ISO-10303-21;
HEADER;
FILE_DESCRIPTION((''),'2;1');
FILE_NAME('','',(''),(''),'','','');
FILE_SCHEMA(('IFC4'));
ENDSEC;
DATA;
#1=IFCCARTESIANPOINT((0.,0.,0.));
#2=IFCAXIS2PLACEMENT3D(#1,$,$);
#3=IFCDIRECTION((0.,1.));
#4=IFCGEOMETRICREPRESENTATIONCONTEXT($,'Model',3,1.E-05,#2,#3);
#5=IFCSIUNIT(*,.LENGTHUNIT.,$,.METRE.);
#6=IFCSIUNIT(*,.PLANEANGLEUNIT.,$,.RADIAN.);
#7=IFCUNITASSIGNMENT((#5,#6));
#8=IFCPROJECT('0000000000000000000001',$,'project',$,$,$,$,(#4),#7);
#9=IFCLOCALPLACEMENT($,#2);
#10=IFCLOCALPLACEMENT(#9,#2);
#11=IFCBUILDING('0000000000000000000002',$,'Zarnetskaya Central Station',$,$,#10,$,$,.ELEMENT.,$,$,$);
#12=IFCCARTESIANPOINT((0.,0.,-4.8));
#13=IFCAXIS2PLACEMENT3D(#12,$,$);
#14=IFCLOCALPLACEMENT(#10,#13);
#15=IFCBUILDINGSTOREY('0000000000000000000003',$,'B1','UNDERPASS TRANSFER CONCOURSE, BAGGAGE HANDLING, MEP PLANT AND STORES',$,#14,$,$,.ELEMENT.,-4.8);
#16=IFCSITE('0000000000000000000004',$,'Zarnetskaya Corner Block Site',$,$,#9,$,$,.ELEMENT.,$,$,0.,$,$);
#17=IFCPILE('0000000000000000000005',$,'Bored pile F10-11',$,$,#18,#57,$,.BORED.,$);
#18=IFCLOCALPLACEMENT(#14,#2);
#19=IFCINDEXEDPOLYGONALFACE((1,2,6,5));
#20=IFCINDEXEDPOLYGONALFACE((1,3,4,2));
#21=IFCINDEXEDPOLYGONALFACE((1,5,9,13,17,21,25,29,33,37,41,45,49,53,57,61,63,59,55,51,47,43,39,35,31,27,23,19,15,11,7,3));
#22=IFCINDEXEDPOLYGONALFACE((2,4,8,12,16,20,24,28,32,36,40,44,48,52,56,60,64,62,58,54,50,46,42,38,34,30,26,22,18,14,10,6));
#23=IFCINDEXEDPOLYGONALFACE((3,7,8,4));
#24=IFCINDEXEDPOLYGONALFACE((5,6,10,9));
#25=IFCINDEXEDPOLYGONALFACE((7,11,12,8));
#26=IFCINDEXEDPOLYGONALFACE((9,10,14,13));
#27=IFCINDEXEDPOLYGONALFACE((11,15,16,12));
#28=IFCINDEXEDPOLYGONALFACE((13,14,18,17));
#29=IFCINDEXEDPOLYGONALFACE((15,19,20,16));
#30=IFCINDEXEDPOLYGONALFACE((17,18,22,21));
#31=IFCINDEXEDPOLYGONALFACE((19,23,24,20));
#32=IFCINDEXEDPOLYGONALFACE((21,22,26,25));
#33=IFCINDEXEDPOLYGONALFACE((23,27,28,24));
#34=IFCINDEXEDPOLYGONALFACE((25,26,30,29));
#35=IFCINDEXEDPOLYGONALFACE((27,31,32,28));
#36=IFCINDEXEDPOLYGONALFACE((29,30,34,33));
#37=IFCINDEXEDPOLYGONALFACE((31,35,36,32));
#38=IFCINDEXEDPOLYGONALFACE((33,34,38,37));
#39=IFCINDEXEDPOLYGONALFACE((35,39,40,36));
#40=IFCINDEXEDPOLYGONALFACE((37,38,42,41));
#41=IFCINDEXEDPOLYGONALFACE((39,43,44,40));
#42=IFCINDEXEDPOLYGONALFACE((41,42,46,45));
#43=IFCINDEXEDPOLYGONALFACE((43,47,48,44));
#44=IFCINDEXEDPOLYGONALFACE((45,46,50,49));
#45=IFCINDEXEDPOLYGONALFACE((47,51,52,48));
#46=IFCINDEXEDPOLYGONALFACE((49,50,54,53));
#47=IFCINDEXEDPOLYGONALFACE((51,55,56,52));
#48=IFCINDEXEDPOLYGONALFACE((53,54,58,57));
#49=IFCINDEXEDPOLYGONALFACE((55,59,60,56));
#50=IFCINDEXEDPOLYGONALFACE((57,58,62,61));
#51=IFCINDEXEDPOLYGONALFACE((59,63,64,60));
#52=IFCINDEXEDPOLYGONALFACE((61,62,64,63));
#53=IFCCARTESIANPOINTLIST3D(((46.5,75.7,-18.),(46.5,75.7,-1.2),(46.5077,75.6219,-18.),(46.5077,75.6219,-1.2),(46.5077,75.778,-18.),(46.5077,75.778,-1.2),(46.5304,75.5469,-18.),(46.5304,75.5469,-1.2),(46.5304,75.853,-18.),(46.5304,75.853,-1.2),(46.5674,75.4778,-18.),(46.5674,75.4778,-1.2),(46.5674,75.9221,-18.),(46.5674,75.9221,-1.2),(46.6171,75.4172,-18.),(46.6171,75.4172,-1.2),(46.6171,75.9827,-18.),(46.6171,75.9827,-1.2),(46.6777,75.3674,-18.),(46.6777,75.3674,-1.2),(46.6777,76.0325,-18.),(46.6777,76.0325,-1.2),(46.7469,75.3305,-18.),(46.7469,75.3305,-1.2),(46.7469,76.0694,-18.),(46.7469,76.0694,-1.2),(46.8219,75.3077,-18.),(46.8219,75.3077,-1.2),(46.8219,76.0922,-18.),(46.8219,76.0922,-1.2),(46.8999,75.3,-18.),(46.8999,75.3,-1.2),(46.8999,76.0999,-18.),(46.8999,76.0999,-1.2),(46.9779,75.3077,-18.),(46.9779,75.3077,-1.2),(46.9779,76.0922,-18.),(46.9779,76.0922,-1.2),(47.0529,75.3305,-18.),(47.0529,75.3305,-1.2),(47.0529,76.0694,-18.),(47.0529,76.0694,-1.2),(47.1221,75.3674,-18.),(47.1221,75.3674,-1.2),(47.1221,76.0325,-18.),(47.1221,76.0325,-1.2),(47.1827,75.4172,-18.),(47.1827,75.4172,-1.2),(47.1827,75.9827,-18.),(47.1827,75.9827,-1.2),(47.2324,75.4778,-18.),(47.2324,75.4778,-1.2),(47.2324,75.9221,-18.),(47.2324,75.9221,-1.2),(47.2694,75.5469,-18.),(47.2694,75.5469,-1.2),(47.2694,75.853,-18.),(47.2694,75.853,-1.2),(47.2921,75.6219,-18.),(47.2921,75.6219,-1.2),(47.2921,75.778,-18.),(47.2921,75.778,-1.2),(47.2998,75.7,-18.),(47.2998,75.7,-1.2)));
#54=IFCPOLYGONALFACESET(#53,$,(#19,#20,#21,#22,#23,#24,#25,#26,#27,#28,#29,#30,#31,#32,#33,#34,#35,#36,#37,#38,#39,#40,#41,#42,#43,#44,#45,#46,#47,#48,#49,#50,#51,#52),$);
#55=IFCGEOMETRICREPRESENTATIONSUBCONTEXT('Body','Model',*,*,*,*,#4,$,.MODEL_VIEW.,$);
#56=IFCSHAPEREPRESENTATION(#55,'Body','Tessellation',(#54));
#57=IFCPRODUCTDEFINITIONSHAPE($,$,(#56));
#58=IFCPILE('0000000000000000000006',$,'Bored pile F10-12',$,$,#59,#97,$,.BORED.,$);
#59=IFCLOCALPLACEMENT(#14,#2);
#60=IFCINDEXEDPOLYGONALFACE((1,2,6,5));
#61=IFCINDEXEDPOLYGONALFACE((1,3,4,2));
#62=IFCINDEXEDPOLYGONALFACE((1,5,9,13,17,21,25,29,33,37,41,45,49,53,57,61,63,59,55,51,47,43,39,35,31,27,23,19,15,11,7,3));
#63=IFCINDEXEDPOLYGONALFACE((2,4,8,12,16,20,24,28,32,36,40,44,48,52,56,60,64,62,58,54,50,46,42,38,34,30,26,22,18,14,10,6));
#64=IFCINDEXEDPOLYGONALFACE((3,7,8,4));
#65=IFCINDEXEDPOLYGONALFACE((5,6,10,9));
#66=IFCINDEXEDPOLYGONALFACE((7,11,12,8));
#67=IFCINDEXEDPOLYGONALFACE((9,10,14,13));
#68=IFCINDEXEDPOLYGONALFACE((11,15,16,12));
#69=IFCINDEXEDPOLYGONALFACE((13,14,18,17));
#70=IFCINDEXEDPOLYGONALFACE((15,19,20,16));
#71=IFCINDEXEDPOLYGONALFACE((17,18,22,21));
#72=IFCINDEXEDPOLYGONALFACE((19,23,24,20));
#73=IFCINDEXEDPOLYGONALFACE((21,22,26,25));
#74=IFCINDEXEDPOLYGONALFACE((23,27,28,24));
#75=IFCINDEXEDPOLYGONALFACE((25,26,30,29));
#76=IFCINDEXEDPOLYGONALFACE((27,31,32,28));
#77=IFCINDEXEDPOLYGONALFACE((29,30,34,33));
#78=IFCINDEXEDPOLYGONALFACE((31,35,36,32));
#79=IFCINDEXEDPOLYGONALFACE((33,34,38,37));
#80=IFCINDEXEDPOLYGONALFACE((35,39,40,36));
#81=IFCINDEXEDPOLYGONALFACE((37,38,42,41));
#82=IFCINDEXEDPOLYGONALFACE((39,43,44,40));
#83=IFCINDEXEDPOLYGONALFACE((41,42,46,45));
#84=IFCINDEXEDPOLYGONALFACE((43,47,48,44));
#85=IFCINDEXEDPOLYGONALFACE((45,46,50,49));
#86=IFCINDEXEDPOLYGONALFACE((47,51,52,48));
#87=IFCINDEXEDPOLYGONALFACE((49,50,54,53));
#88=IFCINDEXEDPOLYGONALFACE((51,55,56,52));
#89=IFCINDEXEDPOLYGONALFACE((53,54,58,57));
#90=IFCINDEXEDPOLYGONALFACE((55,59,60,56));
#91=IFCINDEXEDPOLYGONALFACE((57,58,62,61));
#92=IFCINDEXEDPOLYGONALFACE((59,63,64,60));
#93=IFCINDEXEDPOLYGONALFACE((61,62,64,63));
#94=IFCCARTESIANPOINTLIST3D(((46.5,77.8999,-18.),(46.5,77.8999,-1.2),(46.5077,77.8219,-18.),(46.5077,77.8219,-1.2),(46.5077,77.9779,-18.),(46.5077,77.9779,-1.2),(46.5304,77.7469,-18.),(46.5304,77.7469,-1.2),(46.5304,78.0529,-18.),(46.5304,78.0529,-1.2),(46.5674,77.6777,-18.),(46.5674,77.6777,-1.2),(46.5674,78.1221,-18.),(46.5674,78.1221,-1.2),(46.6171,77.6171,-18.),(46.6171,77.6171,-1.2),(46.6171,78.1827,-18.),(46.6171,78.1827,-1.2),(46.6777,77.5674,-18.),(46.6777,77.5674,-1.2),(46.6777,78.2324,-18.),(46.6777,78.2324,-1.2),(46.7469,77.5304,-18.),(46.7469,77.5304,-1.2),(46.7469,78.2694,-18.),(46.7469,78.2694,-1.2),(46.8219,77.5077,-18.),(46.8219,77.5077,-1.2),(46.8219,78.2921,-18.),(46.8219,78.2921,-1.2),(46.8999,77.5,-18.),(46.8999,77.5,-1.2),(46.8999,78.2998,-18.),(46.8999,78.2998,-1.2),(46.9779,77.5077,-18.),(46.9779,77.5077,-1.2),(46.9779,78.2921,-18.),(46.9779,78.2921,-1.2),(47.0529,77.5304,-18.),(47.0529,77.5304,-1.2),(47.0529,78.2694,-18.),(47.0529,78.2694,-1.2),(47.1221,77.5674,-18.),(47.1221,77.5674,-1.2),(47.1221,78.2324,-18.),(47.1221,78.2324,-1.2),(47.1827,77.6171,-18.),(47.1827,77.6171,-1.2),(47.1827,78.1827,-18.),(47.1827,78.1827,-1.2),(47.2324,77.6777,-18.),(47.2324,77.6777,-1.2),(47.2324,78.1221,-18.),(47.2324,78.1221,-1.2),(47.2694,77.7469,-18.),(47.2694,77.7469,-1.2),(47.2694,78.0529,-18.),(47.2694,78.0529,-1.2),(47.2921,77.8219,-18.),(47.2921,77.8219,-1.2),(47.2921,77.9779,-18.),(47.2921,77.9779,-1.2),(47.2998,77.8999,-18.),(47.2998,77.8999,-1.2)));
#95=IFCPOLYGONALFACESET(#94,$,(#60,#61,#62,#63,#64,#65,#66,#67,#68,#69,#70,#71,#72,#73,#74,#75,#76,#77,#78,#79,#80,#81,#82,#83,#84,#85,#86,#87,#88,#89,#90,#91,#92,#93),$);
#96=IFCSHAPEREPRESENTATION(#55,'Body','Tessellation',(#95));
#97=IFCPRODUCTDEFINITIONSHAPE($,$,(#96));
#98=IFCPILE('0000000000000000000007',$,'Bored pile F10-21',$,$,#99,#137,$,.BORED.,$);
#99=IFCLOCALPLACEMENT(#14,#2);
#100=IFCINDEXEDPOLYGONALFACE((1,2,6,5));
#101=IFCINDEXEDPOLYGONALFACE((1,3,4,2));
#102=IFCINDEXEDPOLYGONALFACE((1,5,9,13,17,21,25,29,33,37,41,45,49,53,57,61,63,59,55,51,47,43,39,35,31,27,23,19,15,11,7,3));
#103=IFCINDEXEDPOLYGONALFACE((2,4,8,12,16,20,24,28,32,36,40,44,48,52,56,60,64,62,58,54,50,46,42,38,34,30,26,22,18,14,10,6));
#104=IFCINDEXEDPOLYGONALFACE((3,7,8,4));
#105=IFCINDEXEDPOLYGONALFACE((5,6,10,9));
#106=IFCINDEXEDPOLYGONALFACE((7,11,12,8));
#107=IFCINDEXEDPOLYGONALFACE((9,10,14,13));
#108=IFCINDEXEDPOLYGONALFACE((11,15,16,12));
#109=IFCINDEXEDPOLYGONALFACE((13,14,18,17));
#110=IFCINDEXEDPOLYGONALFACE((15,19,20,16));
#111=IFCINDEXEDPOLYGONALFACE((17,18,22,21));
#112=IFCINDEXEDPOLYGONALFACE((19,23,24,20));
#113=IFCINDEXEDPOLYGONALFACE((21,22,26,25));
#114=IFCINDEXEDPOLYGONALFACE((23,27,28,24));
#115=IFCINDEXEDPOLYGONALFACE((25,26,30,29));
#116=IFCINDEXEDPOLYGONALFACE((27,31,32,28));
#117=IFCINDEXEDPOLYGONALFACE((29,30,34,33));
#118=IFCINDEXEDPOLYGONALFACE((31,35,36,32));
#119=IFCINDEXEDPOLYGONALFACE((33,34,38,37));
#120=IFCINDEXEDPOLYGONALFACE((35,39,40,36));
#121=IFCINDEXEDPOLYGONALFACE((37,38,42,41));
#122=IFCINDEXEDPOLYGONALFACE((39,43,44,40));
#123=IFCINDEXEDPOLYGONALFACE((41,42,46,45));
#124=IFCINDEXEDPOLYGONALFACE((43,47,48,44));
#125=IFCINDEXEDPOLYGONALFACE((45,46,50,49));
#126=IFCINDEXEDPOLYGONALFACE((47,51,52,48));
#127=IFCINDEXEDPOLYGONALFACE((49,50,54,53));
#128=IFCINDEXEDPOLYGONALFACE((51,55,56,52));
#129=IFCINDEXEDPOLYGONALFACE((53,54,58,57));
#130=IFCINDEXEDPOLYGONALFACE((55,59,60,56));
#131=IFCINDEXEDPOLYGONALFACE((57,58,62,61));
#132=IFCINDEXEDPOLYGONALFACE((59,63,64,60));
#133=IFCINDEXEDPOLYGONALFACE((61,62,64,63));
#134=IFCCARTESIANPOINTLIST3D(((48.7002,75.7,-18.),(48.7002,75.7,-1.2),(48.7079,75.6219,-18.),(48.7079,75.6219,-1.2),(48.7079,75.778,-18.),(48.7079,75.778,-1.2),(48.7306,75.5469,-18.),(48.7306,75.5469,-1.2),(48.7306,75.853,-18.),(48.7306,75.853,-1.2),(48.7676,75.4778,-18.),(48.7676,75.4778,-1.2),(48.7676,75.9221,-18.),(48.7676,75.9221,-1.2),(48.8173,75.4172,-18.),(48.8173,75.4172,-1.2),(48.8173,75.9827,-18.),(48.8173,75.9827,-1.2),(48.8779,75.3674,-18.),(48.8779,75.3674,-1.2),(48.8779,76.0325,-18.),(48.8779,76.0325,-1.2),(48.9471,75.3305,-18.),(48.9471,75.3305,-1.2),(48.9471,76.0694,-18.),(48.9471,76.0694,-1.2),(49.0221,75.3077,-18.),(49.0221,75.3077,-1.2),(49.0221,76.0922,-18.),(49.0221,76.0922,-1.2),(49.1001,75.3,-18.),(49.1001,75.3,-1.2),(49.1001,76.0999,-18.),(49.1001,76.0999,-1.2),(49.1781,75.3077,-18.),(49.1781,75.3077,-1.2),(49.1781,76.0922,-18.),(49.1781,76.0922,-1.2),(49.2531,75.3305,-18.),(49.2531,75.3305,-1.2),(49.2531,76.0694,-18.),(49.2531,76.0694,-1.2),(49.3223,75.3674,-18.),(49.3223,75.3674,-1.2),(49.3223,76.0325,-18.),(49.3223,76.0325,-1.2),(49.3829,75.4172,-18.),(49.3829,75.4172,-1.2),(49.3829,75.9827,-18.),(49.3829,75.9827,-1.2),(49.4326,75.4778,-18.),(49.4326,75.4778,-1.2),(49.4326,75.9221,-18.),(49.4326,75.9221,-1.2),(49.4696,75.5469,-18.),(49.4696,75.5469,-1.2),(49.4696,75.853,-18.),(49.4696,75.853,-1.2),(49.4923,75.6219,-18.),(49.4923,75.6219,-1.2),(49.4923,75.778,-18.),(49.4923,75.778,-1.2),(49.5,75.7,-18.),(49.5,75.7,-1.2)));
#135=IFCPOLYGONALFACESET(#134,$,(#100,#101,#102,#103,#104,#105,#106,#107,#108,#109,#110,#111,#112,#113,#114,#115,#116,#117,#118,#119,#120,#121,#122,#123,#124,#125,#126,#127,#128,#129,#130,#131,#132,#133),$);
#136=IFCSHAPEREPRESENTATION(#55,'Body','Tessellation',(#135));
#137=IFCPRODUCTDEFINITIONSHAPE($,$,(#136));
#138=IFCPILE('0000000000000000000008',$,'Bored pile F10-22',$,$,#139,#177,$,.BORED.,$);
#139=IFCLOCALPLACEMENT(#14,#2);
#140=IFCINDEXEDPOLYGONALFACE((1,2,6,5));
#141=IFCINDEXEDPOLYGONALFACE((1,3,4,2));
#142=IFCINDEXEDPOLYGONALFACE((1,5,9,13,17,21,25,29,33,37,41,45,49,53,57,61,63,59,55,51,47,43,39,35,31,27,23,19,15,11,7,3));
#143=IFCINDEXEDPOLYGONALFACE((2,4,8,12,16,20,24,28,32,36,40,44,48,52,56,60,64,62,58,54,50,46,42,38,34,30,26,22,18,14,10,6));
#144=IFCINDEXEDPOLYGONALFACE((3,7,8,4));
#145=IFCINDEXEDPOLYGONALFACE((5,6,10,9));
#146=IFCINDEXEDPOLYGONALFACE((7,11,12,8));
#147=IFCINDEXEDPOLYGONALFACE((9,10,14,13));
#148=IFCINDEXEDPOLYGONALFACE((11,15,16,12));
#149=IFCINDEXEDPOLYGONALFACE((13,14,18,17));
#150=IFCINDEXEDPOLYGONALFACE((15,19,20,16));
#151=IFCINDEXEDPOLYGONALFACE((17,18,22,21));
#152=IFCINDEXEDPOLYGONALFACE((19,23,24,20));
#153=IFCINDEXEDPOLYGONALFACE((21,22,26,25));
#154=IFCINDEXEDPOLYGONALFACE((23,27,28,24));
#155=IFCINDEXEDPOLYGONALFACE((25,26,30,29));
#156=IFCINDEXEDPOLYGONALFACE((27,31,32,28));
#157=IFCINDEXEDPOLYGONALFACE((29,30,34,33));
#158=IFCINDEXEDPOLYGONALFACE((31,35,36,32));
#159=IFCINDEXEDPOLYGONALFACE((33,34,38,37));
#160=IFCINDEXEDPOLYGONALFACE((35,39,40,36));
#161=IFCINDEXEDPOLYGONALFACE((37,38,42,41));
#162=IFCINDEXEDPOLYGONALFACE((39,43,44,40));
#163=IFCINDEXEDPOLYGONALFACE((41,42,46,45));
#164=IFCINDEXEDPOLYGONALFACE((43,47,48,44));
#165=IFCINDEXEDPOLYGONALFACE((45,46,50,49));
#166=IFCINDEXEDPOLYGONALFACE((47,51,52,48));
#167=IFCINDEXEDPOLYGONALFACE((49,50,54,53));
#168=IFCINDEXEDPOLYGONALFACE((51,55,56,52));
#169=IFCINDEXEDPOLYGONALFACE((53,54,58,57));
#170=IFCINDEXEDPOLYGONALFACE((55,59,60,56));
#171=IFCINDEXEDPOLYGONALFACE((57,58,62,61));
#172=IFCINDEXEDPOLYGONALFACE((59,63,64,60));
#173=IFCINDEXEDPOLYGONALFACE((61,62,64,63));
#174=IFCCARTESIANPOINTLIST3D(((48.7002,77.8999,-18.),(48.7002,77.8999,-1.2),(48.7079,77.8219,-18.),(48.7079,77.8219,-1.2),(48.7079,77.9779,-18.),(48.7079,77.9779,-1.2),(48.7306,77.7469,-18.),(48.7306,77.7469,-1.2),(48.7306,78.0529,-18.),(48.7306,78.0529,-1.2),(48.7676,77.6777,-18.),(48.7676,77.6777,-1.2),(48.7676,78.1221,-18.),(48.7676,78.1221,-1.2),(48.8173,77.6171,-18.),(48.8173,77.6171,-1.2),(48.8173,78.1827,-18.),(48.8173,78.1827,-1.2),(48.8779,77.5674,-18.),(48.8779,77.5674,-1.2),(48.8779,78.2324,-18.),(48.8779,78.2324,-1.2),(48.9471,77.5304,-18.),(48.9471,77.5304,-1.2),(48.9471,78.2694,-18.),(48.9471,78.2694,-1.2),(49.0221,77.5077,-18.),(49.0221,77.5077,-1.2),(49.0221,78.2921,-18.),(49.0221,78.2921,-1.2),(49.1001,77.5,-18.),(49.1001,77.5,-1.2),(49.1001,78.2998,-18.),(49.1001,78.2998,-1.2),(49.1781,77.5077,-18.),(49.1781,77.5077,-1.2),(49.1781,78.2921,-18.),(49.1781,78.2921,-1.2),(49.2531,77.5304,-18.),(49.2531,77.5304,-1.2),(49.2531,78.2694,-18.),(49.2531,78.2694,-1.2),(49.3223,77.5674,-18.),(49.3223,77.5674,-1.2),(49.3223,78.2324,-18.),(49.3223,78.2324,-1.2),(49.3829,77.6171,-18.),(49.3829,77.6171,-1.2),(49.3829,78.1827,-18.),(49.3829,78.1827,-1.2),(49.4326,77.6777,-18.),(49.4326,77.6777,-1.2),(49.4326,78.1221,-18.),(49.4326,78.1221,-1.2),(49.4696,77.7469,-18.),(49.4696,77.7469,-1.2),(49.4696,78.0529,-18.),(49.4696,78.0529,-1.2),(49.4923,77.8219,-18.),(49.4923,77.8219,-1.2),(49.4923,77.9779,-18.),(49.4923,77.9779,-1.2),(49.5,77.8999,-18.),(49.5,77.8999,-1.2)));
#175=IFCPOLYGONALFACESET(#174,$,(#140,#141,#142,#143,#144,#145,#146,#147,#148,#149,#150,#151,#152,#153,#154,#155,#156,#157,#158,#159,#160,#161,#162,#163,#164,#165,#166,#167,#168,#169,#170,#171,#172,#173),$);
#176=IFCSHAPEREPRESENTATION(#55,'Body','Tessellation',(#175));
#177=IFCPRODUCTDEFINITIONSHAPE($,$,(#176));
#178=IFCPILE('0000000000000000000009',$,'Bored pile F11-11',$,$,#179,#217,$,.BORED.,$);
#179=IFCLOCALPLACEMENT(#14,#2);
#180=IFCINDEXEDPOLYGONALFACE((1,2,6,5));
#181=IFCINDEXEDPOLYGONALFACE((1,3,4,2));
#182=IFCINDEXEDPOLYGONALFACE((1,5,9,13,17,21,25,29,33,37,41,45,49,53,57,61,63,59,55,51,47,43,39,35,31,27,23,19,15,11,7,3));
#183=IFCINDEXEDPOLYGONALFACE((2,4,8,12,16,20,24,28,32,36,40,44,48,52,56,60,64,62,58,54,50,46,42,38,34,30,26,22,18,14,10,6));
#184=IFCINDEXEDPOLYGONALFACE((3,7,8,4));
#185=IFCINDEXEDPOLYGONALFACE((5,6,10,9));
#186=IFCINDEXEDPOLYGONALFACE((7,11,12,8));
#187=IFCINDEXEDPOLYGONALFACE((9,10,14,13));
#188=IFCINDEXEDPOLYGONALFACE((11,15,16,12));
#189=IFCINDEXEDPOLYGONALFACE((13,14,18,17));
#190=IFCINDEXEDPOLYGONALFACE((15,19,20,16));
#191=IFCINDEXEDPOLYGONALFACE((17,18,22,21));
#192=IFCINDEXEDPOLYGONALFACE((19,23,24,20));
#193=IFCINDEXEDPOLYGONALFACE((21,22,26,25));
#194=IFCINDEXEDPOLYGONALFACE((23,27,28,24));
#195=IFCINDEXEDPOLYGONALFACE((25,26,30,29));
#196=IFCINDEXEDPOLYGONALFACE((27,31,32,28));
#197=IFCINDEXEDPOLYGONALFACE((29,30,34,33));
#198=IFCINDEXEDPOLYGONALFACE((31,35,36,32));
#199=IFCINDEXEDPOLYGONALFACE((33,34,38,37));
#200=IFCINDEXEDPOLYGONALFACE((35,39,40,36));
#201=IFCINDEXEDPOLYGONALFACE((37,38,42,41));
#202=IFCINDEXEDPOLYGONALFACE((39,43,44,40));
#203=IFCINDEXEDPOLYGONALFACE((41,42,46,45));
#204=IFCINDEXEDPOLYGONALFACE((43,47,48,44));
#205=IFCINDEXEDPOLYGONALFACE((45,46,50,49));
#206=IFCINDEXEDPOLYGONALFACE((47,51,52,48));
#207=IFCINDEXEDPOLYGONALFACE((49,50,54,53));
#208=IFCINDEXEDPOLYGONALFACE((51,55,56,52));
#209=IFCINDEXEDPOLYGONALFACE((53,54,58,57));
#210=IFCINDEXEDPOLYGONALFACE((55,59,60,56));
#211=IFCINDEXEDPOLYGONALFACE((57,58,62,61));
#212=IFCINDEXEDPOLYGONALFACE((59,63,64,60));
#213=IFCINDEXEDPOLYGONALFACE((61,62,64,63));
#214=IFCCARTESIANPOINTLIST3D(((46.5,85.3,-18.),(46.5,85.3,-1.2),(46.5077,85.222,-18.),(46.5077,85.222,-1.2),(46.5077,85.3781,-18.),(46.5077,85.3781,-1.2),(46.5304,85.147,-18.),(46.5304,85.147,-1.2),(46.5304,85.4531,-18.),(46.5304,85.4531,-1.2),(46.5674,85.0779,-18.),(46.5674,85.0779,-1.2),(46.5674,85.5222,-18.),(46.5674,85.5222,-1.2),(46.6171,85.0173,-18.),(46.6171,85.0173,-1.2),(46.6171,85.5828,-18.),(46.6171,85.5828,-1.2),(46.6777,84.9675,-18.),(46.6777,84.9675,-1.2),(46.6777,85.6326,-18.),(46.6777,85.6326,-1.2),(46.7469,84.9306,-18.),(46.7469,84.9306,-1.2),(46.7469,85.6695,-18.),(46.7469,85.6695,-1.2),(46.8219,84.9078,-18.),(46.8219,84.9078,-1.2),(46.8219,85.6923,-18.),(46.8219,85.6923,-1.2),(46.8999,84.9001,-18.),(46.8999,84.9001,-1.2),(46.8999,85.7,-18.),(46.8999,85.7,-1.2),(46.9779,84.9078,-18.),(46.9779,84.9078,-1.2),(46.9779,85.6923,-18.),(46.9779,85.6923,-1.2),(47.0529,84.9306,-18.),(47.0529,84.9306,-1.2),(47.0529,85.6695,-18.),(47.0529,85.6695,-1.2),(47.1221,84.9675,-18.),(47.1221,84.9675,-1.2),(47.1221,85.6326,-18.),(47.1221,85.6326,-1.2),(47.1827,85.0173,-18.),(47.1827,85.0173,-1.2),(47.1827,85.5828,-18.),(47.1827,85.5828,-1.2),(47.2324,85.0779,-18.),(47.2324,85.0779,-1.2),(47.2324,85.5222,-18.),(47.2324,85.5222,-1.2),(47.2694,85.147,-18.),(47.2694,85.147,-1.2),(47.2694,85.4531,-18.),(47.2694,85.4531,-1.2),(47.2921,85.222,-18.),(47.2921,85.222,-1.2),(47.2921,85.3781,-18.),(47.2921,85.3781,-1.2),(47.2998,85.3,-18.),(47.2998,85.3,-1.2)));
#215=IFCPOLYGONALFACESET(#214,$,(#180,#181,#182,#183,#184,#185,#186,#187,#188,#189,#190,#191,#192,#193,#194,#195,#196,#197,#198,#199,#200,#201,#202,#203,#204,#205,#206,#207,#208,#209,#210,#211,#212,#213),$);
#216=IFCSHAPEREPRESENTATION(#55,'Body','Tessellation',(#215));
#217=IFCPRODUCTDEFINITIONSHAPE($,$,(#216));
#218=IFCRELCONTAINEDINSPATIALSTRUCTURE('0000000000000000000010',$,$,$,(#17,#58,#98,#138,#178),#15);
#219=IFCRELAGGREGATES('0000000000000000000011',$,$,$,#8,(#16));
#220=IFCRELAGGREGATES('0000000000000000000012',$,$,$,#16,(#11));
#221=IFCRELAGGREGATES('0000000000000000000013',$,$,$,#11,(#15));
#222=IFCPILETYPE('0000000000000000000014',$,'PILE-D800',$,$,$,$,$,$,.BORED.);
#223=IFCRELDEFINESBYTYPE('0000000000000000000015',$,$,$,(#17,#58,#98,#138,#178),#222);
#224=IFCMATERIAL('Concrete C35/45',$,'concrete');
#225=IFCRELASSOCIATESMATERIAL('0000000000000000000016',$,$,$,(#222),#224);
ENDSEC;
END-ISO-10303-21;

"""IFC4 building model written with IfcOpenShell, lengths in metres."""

from ifc_helpers import new_model, si_unit, direction, frame, origin, origin_2d, place, context, subcontext, project, spatial, circle, extrude, material, material_profile, profile_set, type_object, element, save


model = new_model("IFC4")

# Units and contexts
model_context = context("Model", 3, precision=1e-05, world=origin(), true_north=direction((0.0, 1.0)))
body_context = subcontext(model_context, "Body", "Model", "MODEL_VIEW")
ifc_project = project(units=[si_unit("LENGTHUNIT", "METRE"), si_unit("PLANEANGLEUNIT", "RADIAN")], contexts=[model_context])

# Site, building, storey
site_placement = place(None, origin())
site = spatial("IfcSite", under=ifc_project, at=site_placement, Name="Zarnetskaya Corner Block Site", CompositionType="ELEMENT", RefElevation=0.0)
building_placement = place(site_placement, origin())
building = spatial("IfcBuilding", under=site, at=building_placement, Name="Zarnetskaya Central Station", CompositionType="ELEMENT")
storey_placement = place(building_placement, frame((0.0, 0.0, -4.8)))
storey = spatial("IfcBuildingStorey", under=building, at=storey_placement, Name="B1", Description="UNDERPASS TRANSFER CONCOURSE, BAGGAGE HANDLING, MEP PLANT AND STORES", CompositionType="ELEMENT", Elevation=-4.8)

# Shared definitions
ifc_material = material(Name="Concrete C35/45", Category="concrete")

# Piles
ifc_material_profile_1 = material_profile(ifc_material, circle(Radius=0.3999, at=origin_2d()), Name="BORED PILE D800")
ifc_profile_set_1 = profile_set([ifc_material_profile_1], Name="Concrete C35/45")
pile_type_1 = type_object("IfcPileType", Name="PILE-D800", PredefinedType="BORED", material=ifc_profile_set_1)
for number, where, z_axis, x_axis, name in (
    (1, (46.8999, 75.7, -1.2), (0.0, 0.0, -1.0), (1.0, 0.0, 0.0), "Bored pile F10-11"),
    (2, (46.8999, 77.8999, -1.2), (0.0, 0.0, -1.0), (1.0, 0.0, 0.0), "Bored pile F10-12"),
    (3, (49.1001, 75.7, -1.2), (0.0, 0.0, -1.0), (1.0, 0.0, 0.0), "Bored pile F10-21"),
    (4, (49.1001, 77.8999, -1.2), (0.0, 0.0, -1.0), (1.0, 0.0, 0.0), "Bored pile F10-22"),
    (5, (46.8999, 85.3, -1.2), (0.0, 0.0, -1.0), (1.0, 0.0, 0.0), "Bored pile F11-11"),
):
    element("IfcPile", number, at=place(storey_placement, frame(where, z_axis=z_axis, x_axis=x_axis)), inside=storey, type_object=pile_type_1, Name=name, PredefinedType="BORED", context=body_context, shape_type="SweptSolid", body=[
        extrude(circle(Radius=0.3999, at=origin_2d()), origin(), (0.0, 0.0, 1.0), 16.8),
    ])

save(model, "model.ifc")
